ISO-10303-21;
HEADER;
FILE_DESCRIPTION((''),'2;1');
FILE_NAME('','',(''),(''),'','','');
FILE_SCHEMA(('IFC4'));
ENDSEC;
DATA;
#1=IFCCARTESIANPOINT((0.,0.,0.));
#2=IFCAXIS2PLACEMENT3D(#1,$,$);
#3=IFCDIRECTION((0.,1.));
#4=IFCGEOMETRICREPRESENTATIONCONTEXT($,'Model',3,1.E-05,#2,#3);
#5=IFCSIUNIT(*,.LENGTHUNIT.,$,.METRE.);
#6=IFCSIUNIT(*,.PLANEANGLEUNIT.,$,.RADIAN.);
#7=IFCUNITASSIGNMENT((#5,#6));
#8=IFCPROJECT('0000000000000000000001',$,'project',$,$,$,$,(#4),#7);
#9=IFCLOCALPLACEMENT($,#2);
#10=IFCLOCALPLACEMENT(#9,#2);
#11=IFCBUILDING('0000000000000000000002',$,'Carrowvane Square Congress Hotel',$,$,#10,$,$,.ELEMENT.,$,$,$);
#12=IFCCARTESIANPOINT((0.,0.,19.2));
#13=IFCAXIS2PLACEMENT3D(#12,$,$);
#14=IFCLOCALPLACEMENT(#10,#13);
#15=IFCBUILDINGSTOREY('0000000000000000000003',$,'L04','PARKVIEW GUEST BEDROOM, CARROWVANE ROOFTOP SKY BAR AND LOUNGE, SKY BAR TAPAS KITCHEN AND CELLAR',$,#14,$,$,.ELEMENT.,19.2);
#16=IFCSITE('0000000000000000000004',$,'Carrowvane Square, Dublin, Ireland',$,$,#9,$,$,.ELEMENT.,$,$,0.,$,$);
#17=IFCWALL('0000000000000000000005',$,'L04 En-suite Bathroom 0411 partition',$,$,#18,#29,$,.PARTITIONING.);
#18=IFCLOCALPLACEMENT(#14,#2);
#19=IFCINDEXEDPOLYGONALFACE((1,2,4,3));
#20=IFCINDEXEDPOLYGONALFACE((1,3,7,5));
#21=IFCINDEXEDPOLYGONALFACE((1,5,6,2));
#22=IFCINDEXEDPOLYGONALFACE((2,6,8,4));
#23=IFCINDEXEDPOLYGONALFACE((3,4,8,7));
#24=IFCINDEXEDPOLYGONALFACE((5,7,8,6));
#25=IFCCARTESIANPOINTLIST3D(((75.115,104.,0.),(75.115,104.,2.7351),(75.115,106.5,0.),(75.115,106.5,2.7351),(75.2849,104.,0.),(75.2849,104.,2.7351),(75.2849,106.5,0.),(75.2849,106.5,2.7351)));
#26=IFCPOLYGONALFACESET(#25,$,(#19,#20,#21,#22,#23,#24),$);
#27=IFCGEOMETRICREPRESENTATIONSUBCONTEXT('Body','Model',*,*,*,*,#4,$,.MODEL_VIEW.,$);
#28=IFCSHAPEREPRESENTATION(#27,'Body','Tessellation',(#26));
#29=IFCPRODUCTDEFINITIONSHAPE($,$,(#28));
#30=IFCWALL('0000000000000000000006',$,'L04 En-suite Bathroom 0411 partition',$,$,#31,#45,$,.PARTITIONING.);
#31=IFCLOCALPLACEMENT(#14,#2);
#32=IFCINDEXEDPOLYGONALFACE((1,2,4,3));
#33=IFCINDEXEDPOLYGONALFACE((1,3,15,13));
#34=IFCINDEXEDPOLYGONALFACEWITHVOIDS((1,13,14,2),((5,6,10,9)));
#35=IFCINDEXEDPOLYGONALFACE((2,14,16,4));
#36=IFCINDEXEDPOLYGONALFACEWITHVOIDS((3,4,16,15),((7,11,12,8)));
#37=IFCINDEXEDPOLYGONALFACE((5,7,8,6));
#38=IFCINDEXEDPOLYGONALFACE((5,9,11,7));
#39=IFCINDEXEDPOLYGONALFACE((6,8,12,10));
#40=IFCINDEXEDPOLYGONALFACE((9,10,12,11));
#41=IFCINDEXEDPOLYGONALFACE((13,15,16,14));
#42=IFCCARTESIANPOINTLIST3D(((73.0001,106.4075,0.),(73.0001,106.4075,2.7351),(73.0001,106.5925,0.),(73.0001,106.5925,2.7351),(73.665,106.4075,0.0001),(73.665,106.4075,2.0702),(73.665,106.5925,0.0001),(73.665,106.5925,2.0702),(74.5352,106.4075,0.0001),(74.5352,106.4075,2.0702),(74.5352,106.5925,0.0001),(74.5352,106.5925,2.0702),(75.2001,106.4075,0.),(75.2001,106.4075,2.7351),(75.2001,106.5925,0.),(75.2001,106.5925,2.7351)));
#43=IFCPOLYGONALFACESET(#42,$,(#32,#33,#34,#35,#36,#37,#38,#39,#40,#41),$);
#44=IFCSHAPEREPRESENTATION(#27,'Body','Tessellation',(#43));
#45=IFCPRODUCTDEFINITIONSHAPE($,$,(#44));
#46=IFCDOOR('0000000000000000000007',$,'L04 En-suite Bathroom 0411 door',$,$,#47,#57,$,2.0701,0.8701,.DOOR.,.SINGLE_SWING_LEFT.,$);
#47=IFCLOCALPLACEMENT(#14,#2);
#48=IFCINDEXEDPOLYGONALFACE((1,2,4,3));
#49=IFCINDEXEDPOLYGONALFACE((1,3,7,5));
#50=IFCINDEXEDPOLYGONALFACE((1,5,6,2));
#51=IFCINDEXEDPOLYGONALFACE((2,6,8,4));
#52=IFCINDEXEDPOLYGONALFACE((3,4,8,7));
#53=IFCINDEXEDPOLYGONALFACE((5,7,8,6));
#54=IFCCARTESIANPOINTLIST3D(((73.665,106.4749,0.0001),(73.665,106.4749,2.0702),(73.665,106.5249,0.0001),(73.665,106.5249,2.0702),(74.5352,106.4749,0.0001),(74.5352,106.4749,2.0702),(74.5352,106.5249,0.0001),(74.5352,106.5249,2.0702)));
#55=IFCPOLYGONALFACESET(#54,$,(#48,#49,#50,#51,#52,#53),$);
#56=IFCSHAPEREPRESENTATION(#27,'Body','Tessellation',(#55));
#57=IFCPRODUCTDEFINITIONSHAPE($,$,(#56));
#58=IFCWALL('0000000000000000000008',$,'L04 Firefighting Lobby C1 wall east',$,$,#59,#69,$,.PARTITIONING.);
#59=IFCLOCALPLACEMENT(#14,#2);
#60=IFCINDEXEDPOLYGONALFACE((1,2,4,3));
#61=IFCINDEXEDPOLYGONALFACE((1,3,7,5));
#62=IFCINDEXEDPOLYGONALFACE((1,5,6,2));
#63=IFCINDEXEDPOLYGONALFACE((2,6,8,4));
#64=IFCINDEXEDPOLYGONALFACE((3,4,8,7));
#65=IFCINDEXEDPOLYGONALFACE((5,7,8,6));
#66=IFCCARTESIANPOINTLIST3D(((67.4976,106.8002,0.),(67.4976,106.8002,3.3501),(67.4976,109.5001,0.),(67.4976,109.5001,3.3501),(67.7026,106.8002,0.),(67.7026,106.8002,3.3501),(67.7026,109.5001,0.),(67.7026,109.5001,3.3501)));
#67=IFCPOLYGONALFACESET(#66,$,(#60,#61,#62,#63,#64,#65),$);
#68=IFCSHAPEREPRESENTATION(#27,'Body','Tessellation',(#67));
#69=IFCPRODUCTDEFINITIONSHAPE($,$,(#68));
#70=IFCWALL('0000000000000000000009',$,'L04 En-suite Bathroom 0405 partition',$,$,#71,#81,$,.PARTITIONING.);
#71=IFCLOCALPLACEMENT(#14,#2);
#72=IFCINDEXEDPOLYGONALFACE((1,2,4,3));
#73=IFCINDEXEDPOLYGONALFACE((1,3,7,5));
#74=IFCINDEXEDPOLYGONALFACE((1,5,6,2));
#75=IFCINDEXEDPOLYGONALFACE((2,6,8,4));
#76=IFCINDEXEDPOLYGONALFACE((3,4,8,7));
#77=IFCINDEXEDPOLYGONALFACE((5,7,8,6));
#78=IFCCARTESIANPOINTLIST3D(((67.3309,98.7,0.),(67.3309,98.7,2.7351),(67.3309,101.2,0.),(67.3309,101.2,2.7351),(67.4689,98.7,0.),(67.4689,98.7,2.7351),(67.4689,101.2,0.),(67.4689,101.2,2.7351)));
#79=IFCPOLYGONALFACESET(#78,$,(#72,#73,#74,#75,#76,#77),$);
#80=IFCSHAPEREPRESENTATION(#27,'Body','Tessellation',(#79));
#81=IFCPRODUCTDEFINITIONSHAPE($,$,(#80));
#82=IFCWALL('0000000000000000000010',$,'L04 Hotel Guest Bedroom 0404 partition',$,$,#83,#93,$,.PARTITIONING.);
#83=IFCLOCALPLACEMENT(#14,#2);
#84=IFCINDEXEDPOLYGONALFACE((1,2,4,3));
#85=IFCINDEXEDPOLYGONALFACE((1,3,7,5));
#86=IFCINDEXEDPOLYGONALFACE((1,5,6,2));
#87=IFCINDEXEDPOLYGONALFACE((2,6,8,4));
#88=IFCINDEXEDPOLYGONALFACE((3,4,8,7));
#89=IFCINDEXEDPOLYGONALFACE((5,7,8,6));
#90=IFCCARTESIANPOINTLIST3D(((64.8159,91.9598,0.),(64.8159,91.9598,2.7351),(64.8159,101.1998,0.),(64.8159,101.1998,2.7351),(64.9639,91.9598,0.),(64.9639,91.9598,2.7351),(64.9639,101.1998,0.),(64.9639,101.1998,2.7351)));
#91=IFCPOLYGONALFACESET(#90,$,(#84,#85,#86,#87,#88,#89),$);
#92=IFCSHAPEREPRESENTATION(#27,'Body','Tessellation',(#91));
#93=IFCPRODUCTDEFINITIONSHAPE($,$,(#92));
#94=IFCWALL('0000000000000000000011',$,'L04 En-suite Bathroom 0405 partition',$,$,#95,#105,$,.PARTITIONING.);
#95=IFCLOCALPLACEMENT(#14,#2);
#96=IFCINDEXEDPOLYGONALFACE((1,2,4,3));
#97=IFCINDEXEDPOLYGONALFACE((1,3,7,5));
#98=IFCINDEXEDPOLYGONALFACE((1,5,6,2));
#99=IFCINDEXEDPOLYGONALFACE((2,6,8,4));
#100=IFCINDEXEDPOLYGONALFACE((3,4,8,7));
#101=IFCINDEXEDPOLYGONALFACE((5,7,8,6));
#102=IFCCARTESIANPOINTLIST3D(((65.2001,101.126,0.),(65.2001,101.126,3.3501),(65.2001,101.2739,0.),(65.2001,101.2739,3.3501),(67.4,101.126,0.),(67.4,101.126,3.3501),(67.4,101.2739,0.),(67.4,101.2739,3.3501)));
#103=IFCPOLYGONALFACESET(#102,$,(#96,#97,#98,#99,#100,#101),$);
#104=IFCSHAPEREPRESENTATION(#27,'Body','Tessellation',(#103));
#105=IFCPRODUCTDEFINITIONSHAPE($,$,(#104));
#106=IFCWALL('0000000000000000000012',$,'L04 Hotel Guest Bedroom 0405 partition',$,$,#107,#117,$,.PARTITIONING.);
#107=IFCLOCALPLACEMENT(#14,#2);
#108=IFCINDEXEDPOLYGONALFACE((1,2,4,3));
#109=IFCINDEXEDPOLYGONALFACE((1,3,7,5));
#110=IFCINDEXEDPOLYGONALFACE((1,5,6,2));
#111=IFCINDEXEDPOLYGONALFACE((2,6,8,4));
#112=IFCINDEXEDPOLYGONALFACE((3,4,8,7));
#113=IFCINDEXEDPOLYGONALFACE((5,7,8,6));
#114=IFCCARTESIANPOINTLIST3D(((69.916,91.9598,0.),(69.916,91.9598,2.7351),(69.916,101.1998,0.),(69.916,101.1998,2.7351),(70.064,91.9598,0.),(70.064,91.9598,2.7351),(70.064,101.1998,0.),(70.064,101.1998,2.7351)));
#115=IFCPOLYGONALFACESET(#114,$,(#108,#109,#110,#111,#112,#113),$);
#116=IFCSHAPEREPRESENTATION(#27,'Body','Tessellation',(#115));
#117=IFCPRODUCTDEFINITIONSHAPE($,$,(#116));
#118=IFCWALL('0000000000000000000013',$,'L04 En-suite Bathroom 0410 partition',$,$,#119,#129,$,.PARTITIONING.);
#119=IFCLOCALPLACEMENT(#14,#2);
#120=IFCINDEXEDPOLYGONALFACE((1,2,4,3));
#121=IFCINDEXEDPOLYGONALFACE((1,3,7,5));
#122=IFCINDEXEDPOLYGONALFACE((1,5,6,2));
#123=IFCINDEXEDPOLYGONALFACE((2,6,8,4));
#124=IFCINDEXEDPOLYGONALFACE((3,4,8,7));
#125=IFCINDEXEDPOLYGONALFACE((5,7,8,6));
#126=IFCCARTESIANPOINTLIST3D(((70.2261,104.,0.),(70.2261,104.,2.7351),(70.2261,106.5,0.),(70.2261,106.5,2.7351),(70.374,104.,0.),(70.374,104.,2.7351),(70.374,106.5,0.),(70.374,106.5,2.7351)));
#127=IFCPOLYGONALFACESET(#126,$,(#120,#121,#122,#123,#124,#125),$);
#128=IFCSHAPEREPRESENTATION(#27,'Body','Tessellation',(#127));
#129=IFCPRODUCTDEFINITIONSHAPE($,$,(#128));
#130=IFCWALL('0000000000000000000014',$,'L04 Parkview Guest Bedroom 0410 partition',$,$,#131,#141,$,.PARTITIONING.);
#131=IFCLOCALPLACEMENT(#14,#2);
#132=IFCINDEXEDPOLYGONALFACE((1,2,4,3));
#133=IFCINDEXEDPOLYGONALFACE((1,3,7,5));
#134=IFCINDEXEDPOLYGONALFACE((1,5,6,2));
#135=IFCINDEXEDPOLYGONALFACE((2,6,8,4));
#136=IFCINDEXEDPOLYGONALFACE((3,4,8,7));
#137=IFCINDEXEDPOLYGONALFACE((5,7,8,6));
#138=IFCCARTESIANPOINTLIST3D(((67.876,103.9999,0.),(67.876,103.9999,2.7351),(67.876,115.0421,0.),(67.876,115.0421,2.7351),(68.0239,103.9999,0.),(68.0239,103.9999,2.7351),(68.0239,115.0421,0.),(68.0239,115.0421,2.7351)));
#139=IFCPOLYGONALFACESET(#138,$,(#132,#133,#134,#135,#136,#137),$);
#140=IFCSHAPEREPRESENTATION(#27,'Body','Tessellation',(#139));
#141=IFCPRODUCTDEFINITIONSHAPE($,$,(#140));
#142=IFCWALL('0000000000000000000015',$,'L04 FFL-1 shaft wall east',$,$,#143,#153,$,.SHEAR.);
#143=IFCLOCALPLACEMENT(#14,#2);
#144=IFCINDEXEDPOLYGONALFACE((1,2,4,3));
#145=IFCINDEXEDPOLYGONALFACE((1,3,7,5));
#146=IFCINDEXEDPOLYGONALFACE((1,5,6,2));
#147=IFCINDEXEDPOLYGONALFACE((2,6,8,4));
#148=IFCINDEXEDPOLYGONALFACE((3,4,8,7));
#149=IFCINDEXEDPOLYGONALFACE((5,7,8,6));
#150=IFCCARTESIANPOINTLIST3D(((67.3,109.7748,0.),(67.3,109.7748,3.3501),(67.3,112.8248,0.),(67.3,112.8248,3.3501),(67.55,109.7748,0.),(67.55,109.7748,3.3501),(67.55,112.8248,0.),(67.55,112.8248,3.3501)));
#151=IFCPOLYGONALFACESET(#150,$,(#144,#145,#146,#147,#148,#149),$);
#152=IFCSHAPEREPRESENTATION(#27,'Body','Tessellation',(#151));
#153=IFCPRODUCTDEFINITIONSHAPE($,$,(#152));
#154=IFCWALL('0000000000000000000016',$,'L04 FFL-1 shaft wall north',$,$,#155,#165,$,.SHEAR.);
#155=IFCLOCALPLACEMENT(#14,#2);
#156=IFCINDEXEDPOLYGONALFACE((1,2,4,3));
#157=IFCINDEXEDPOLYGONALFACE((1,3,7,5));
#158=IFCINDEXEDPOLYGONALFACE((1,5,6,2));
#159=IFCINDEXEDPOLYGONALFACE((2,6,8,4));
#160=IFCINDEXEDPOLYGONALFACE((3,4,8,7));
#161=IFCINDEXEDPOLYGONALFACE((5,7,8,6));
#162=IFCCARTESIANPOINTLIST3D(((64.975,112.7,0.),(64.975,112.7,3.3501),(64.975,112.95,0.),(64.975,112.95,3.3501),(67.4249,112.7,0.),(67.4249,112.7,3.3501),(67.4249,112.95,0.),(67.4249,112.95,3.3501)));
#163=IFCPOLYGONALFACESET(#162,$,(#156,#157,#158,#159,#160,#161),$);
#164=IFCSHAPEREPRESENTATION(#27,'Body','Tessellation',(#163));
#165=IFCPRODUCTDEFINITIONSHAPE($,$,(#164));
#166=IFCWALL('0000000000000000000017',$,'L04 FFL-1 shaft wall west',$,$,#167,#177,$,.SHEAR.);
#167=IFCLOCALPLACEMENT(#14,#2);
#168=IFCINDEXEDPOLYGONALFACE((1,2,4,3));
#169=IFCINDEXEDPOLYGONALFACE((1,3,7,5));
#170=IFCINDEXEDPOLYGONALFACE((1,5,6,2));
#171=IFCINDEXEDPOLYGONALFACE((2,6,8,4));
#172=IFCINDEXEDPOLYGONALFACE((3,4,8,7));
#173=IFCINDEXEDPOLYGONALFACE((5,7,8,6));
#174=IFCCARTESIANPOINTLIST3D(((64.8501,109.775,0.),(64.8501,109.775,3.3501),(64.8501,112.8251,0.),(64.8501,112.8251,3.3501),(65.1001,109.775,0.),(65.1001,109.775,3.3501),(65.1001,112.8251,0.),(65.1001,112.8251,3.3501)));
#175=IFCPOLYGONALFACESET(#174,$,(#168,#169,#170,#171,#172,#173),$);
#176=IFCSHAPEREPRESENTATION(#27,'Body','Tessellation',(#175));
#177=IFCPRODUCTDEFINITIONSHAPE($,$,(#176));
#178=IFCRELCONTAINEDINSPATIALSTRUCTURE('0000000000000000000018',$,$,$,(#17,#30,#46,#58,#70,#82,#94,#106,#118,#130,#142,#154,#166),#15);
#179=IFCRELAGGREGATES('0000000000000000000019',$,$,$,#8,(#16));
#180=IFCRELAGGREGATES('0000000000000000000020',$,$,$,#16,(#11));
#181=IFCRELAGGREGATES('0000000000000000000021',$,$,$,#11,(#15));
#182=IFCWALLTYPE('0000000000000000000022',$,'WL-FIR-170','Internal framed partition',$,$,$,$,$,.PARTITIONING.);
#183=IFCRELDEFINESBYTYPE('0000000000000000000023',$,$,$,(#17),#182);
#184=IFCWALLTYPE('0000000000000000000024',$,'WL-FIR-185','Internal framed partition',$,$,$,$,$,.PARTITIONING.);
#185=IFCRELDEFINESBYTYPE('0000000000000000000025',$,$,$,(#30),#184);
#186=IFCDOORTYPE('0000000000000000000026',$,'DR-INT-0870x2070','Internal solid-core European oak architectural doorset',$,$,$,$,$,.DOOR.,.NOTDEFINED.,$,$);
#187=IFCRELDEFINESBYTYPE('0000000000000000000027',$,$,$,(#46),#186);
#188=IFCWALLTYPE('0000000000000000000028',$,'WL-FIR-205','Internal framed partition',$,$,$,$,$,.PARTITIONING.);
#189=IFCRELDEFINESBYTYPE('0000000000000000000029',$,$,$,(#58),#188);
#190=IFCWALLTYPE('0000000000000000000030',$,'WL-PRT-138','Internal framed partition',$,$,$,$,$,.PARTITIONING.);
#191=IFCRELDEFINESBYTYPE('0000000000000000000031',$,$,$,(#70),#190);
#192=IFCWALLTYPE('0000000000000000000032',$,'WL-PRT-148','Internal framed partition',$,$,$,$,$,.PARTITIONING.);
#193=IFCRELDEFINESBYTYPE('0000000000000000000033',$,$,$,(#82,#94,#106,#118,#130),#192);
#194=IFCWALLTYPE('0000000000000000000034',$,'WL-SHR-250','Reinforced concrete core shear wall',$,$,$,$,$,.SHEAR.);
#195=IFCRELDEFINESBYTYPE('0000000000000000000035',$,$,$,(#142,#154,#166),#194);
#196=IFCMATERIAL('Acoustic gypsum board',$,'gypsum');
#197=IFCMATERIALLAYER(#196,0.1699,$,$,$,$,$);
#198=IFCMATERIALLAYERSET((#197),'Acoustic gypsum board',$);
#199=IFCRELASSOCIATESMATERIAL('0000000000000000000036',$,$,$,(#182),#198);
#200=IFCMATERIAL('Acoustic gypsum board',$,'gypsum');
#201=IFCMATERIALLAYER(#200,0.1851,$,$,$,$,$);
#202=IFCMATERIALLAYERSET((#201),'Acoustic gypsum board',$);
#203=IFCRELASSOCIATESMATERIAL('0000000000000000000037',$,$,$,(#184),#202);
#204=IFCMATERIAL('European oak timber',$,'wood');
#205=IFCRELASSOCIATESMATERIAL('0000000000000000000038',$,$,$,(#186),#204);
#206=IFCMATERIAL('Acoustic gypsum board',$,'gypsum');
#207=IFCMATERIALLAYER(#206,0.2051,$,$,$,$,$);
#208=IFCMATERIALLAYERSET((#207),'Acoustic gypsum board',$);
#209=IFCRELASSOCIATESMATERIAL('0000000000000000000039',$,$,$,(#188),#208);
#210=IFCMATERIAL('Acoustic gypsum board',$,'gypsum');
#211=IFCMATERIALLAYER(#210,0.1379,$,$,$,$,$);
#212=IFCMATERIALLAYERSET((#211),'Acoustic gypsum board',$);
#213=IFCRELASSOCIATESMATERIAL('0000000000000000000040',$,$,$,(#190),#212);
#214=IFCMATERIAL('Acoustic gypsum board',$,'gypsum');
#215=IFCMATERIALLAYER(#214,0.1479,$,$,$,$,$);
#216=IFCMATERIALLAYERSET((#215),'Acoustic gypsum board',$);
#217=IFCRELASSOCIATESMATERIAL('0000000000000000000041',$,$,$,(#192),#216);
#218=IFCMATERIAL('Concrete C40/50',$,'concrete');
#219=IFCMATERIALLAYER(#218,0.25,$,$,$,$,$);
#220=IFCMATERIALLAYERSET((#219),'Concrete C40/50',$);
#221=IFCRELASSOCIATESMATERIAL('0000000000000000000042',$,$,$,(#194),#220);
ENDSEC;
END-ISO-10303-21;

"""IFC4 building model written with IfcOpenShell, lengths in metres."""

from ifc_helpers import new_model, si_unit, direction, frame, frame_2d, origin, place, context, subcontext, project, spatial, rectangle, extrude, material, layer, layer_set, type_object, element, fill, save


model = new_model("IFC4")

# Units and contexts
model_context = context("Model", 3, precision=1e-05, world=origin(), true_north=direction((0.0, 1.0)))
body_context = subcontext(model_context, "Body", "Model", "MODEL_VIEW")
ifc_project = project(units=[si_unit("LENGTHUNIT", "METRE"), si_unit("PLANEANGLEUNIT", "RADIAN")], contexts=[model_context])

# Site, building, storey
site_placement = place(None, origin())
site = spatial("IfcSite", under=ifc_project, at=site_placement, Name="Carrowvane Square, Dublin, Ireland", CompositionType="ELEMENT", RefElevation=0.0)
building_placement = place(site_placement, origin())
building = spatial("IfcBuilding", under=site, at=building_placement, Name="Carrowvane Square Congress Hotel", CompositionType="ELEMENT")
storey_placement = place(building_placement, frame((0.0, 0.0, 19.2)))
storey = spatial("IfcBuildingStorey", under=building, at=storey_placement, Name="L04", Description="PARKVIEW GUEST BEDROOM, CARROWVANE ROOFTOP SKY BAR AND LOUNGE, SKY BAR TAPAS KITCHEN AND CELLAR", CompositionType="ELEMENT", Elevation=19.2)

# Shared definitions
ifc_material_1 = material(Name="Acoustic gypsum board", Category="gypsum")
ifc_layer_1 = layer(ifc_material_1, 0.1699)
ifc_layer_set_1 = layer_set([ifc_layer_1], Name="Acoustic gypsum board")
wall_type_1 = type_object("IfcWallType", Name="WL-FIR-170", Description="Internal framed partition", PredefinedType="PARTITIONING", material=ifc_layer_set_1)

# Wall
wall_1_placement = place(storey_placement, frame((75.2, 106.5, 0.0), z_axis=(0.0, 0.0, 1.0), x_axis=(0.0, -1.0, 0.0)))
element("IfcWall", 1, at=wall_1_placement, inside=storey, type_object=wall_type_1, Name="L04 En-suite Bathroom 0411 partition", PredefinedType="PARTITIONING", context=body_context, shape_type="SweptSolid", body=[
    extrude(rectangle(XDim=2.5, YDim=0.1699, at=frame_2d((1.25, 0.0))), origin(), (0.0, 0.0, 1.0), 2.7351),
])

# Wall, opening, door
ifc_material_2 = material(Name="Acoustic gypsum board", Category="gypsum")
ifc_layer_2 = layer(ifc_material_2, 0.1851)
ifc_layer_set_2 = layer_set([ifc_layer_2], Name="Acoustic gypsum board")
wall_type_2 = type_object("IfcWallType", Name="WL-FIR-185", Description="Internal framed partition", PredefinedType="PARTITIONING", material=ifc_layer_set_2)
wall_2_placement = place(storey_placement, frame((73.0, 106.5, 0.0), z_axis=(0.0, 0.0, 1.0), x_axis=(1.0, 0.0, 0.0)))
wall_2 = element("IfcWall", 2, at=wall_2_placement, inside=storey, type_object=wall_type_2, Name="L04 En-suite Bathroom 0411 partition", PredefinedType="PARTITIONING", context=body_context, shape_type="SweptSolid", body=[
    extrude(rectangle(XDim=2.2, YDim=0.1851, at=frame_2d((1.1001, 0.0))), origin(), (0.0, 0.0, 1.0), 2.7351),
])
opening_1_placement = place(wall_2_placement, frame((0.665, 0.0, 0.0)))
opening_1 = element("IfcOpeningElement", 3, at=opening_1_placement, cuts=wall_2, PredefinedType="OPENING", context=body_context, shape_type="SweptSolid", body=[
    extrude(rectangle(XDim=0.8701, YDim=2.0701, at=frame_2d((0.4351, 1.0352))), frame((0.0, 0.1025, 0.0), z_axis=(0.0, -1.0, 0.0), x_axis=(1.0, 0.0, 0.0)), (0.0, 0.0, 1.0), 0.2051),
])
ifc_material_3 = material(Name="European oak timber", Category="wood")
door_type_1 = type_object("IfcDoorType", Name="DR-INT-0870x2070", Description="Internal solid-core European oak architectural doorset", OperationType="NOTDEFINED", PredefinedType="DOOR", material=ifc_material_3)
door_1_placement = place(opening_1_placement, origin())
door_1 = element("IfcDoor", 4, at=door_1_placement, inside=storey, type_object=door_type_1, Name="L04 En-suite Bathroom 0411 door", OperationType="SINGLE_SWING_LEFT", OverallHeight=2.0701, OverallWidth=0.8701, PredefinedType="DOOR", context=body_context, shape_type="SweptSolid", body=[
    extrude(rectangle(XDim=0.8701, YDim=2.0701, at=frame_2d((0.4351, 1.0352))), frame((0.0, 0.0249, 0.0), z_axis=(0.0, -1.0, 0.0), x_axis=(1.0, 0.0, 0.0)), (0.0, 0.0, 1.0), 0.05),
])
fill(opening_1, door_1)

# Walls
ifc_material_4 = material(Name="Acoustic gypsum board", Category="gypsum")
ifc_layer_3 = layer(ifc_material_4, 0.2051)
ifc_layer_set_3 = layer_set([ifc_layer_3], Name="Acoustic gypsum board")
wall_type_3 = type_object("IfcWallType", Name="WL-FIR-205", Description="Internal framed partition", PredefinedType="PARTITIONING", material=ifc_layer_set_3)
wall_3_placement = place(storey_placement, frame((67.6001, 106.8, 0.0), z_axis=(0.0, 0.0, 1.0), x_axis=(0.0, 1.0, 0.0)))
element("IfcWall", 5, at=wall_3_placement, inside=storey, type_object=wall_type_3, Name="L04 Firefighting Lobby C1 wall east", PredefinedType="PARTITIONING", context=body_context, shape_type="SweptSolid", body=[
    extrude(rectangle(XDim=2.7, YDim=0.2051, at=frame_2d((1.3501, 0.0))), origin(), (0.0, 0.0, 1.0), 3.3501),
])
ifc_material_5 = material(Name="Acoustic gypsum board", Category="gypsum")
ifc_layer_4 = layer(ifc_material_5, 0.1379)
ifc_layer_set_4 = layer_set([ifc_layer_4], Name="Acoustic gypsum board")
wall_type_4 = type_object("IfcWallType", Name="WL-PRT-138", Description="Internal framed partition", PredefinedType="PARTITIONING", material=ifc_layer_set_4)
wall_4_placement = place(storey_placement, frame((67.3999, 101.2, 0.0), z_axis=(0.0, 0.0, 1.0), x_axis=(0.0, -1.0, 0.0)))
element("IfcWall", 6, at=wall_4_placement, inside=storey, type_object=wall_type_4, Name="L04 En-suite Bathroom 0405 partition", PredefinedType="PARTITIONING", context=body_context, shape_type="SweptSolid", body=[
    extrude(rectangle(XDim=2.5, YDim=0.1379, at=frame_2d((1.25, 0.0))), origin(), (0.0, 0.0, 1.0), 2.7351),
])

# Walls
ifc_material_6 = material(Name="Acoustic gypsum board", Category="gypsum")
ifc_layer_5 = layer(ifc_material_6, 0.1479)
ifc_layer_set_5 = layer_set([ifc_layer_5], Name="Acoustic gypsum board")
wall_type_5 = type_object("IfcWallType", Name="WL-PRT-148", Description="Internal framed partition", PredefinedType="PARTITIONING", material=ifc_layer_set_5)
wall_5_placement = place(storey_placement, frame((64.8899, 101.2, 0.0), z_axis=(0.0, 0.0, 1.0), x_axis=(0.0, -1.0, 0.0)))
element("IfcWall", 7, at=wall_5_placement, inside=storey, type_object=wall_type_5, Name="L04 Hotel Guest Bedroom 0404 partition", PredefinedType="PARTITIONING", context=body_context, shape_type="SweptSolid", body=[
    extrude(rectangle(XDim=9.24, YDim=0.1479, at=frame_2d((4.6201, 0.0))), origin(), (0.0, 0.0, 1.0), 2.7351),
])
wall_6_placement = place(storey_placement, frame((65.2, 101.2, 0.0), z_axis=(0.0, 0.0, 1.0), x_axis=(1.0, 0.0, 0.0)))
element("IfcWall", 8, at=wall_6_placement, inside=storey, type_object=wall_type_5, Name="L04 En-suite Bathroom 0405 partition", PredefinedType="PARTITIONING", context=body_context, shape_type="SweptSolid", body=[
    extrude(rectangle(XDim=2.2, YDim=0.1479, at=frame_2d((1.1001, 0.0))), origin(), (0.0, 0.0, 1.0), 3.3501),
])
wall_7_placement = place(storey_placement, frame((69.99, 101.2, 0.0), z_axis=(0.0, 0.0, 1.0), x_axis=(0.0, -1.0, 0.0)))
element("IfcWall", 9, at=wall_7_placement, inside=storey, type_object=wall_type_5, Name="L04 Hotel Guest Bedroom 0405 partition", PredefinedType="PARTITIONING", context=body_context, shape_type="SweptSolid", body=[
    extrude(rectangle(XDim=9.24, YDim=0.1479, at=frame_2d((4.6201, 0.0))), origin(), (0.0, 0.0, 1.0), 2.7351),
])
wall_8_placement = place(storey_placement, frame((70.3, 106.5, 0.0), z_axis=(0.0, 0.0, 1.0), x_axis=(0.0, -1.0, 0.0)))
element("IfcWall", 10, at=wall_8_placement, inside=storey, type_object=wall_type_5, Name="L04 En-suite Bathroom 0410 partition", PredefinedType="PARTITIONING", context=body_context, shape_type="SweptSolid", body=[
    extrude(rectangle(XDim=2.5, YDim=0.1479, at=frame_2d((1.25, 0.0))), origin(), (0.0, 0.0, 1.0), 2.7351),
])
wall_9_placement = place(storey_placement, frame((67.95, 104.0, 0.0), z_axis=(0.0, 0.0, 1.0), x_axis=(0.0, 1.0, 0.0)))
element("IfcWall", 11, at=wall_9_placement, inside=storey, type_object=wall_type_5, Name="L04 Parkview Guest Bedroom 0410 partition", PredefinedType="PARTITIONING", context=body_context, shape_type="SweptSolid", body=[
    extrude(rectangle(XDim=11.0422, YDim=0.1479, at=frame_2d((5.521, 0.0))), origin(), (0.0, 0.0, 1.0), 2.7351),
])

# Shared definitions
ifc_material_7 = material(Name="Concrete C40/50", Category="concrete")
ifc_layer_6 = layer(ifc_material_7, 0.25)
ifc_layer_set_6 = layer_set([ifc_layer_6], Name="Concrete C40/50")
wall_type_6 = type_object("IfcWallType", Name="WL-SHR-250", Description="Reinforced concrete core shear wall", PredefinedType="SHEAR", material=ifc_layer_set_6)

# Walls
wall_10_placement = place(storey_placement, frame((67.425, 109.7749, 0.0), z_axis=(0.0, 0.0, 1.0), x_axis=(0.0, 1.0, 0.0)))
element("IfcWall", 12, at=wall_10_placement, inside=storey, type_object=wall_type_6, Name="L04 FFL-1 shaft wall east", PredefinedType="SHEAR", context=body_context, shape_type="SweptSolid", body=[
    extrude(rectangle(XDim=3.05, YDim=0.25, at=frame_2d((1.5249, 0.0))), origin(), (0.0, 0.0, 1.0), 3.3501),
])
wall_11_placement = place(storey_placement, frame((67.425, 112.825, 0.0), z_axis=(0.0, 0.0, 1.0), x_axis=(-1.0, 0.0, 0.0)))
element("IfcWall", 13, at=wall_11_placement, inside=storey, type_object=wall_type_6, Name="L04 FFL-1 shaft wall north", PredefinedType="SHEAR", context=body_context, shape_type="SweptSolid", body=[
    extrude(rectangle(XDim=2.45, YDim=0.25, at=frame_2d((1.2251, 0.0))), origin(), (0.0, 0.0, 1.0), 3.3501),
])
wall_12_placement = place(storey_placement, frame((64.9751, 112.825, 0.0), z_axis=(0.0, 0.0, 1.0), x_axis=(0.0, -1.0, 0.0)))
element("IfcWall", 14, at=wall_12_placement, inside=storey, type_object=wall_type_6, Name="L04 FFL-1 shaft wall west", PredefinedType="SHEAR", context=body_context, shape_type="SweptSolid", body=[
    extrude(rectangle(XDim=3.05, YDim=0.25, at=frame_2d((1.5249, 0.0))), origin(), (0.0, 0.0, 1.0), 3.3501),
])

save(model, "model.ifc")
